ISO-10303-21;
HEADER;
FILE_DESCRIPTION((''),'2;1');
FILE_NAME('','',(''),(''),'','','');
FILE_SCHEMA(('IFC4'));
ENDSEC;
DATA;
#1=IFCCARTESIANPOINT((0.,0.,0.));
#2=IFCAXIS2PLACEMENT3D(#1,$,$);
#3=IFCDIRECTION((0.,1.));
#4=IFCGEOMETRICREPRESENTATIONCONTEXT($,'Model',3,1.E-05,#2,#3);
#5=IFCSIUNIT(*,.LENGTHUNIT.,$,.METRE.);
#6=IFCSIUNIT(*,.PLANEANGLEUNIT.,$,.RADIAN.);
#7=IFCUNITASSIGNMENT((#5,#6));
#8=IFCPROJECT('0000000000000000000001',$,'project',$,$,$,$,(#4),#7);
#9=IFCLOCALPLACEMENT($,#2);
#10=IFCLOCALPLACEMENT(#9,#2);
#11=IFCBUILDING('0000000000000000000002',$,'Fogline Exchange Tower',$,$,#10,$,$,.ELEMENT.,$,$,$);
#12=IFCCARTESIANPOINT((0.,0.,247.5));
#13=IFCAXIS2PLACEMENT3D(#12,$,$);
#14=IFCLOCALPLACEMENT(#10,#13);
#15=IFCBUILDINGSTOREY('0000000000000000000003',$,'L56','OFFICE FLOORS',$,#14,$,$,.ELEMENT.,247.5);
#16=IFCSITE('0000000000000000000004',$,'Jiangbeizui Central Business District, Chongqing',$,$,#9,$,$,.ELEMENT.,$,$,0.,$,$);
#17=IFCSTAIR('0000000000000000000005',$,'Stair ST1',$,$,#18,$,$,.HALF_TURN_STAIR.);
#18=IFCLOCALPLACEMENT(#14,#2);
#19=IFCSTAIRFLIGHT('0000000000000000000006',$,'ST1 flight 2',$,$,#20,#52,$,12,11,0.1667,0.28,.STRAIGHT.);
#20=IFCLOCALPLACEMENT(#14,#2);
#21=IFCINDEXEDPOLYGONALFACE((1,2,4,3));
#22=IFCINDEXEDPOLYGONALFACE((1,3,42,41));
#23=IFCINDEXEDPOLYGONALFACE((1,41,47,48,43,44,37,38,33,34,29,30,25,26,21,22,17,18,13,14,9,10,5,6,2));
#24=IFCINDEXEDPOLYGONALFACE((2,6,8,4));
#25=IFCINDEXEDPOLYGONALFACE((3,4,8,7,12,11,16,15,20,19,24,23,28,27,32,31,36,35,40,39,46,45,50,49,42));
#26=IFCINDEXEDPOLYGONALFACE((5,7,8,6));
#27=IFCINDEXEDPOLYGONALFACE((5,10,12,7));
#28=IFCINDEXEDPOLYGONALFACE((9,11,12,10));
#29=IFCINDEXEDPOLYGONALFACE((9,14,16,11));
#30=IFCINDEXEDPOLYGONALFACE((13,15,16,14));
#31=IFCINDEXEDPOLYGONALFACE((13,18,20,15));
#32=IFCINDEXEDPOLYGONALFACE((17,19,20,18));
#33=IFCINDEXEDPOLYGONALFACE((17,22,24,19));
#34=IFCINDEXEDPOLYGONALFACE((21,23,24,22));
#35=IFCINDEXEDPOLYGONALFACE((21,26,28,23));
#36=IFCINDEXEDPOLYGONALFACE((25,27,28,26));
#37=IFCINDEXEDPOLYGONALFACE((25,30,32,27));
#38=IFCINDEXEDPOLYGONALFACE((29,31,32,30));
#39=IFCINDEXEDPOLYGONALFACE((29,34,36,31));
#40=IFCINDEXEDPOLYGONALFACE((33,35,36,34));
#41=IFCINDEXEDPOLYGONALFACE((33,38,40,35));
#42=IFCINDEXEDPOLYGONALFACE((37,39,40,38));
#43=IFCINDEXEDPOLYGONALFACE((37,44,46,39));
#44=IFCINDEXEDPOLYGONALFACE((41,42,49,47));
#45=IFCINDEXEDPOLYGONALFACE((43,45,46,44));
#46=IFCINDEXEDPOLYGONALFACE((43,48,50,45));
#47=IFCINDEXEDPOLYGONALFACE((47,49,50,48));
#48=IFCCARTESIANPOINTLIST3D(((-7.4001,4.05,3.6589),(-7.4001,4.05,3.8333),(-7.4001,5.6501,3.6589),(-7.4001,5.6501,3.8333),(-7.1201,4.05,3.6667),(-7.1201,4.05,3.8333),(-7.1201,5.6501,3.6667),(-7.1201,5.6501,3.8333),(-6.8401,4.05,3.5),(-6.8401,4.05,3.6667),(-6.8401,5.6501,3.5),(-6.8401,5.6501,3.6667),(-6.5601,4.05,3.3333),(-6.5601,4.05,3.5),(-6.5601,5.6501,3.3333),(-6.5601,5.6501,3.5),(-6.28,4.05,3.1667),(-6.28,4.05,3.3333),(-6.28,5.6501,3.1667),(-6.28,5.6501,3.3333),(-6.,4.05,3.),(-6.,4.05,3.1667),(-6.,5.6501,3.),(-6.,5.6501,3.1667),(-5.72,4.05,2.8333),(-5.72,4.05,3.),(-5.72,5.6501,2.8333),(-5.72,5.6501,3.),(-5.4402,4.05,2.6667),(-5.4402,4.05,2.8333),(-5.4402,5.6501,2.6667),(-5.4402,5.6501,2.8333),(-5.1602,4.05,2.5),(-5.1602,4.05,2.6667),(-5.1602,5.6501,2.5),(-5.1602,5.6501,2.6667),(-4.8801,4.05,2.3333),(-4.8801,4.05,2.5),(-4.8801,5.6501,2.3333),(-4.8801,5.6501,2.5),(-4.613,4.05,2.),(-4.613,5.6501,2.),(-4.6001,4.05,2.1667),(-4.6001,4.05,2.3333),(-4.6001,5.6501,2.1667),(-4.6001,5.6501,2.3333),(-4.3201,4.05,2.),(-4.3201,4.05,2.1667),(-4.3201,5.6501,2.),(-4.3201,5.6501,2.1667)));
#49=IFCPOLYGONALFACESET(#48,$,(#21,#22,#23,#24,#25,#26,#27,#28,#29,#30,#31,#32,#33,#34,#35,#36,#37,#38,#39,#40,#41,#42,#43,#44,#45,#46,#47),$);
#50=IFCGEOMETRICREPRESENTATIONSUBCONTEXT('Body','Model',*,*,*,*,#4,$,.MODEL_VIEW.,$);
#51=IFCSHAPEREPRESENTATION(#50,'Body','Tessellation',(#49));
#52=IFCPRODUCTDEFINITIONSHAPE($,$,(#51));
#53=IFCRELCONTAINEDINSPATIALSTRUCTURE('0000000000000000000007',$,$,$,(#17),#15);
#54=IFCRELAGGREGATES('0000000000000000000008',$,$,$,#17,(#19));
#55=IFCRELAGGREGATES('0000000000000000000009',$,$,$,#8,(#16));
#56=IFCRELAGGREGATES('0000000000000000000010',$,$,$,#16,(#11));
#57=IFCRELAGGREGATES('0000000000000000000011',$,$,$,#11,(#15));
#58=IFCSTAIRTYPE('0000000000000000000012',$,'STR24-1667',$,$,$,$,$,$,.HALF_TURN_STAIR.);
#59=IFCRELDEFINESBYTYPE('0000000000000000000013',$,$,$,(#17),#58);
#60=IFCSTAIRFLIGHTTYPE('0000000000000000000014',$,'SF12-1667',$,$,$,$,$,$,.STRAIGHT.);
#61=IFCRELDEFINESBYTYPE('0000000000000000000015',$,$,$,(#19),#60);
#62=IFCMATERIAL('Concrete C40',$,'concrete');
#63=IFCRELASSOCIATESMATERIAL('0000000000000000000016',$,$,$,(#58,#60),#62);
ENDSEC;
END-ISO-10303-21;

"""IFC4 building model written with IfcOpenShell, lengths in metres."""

from ifc_helpers import new_model, si_unit, direction, frame, origin, place, context, subcontext, project, spatial, polyline, outline, extrude, material, type_object, element, aggregate, save


model = new_model("IFC4")

# Units and contexts
model_context = context("Model", 3, precision=1e-05, world=origin(), true_north=direction((0.0, 1.0)))
body_context = subcontext(model_context, "Body", "Model", "MODEL_VIEW")
ifc_project = project(units=[si_unit("LENGTHUNIT", "METRE"), si_unit("PLANEANGLEUNIT", "RADIAN")], contexts=[model_context])

# Site, building, storey
site_placement = place(None, origin())
site = spatial("IfcSite", under=ifc_project, at=site_placement, Name="Jiangbeizui Central Business District, Chongqing", CompositionType="ELEMENT", RefElevation=0.0)
building_placement = place(site_placement, origin())
building = spatial("IfcBuilding", under=site, at=building_placement, Name="Fogline Exchange Tower", CompositionType="ELEMENT")
storey_placement = place(building_placement, frame((0.0, 0.0, 247.5)))
storey = spatial("IfcBuildingStorey", under=building, at=storey_placement, Name="L56", Description="OFFICE FLOORS", CompositionType="ELEMENT", Elevation=247.5)

# Shared definitions
ifc_material_1 = material(Name="Concrete C40", Category="concrete")

# Stair, stair flight
stair_type = type_object("IfcStairType", Name="STR24-1667", PredefinedType="HALF_TURN_STAIR", material=ifc_material_1)
stair_placement = place(storey_placement, origin())
stair = element("IfcStair", 1, at=stair_placement, inside=storey, type_object=stair_type, Name="Stair ST1", PredefinedType="HALF_TURN_STAIR")
stair_flight_type = type_object("IfcStairFlightType", Name="SF12-1667", PredefinedType="STRAIGHT", material=ifc_material_1)
stair_flight_placement = place(storey_placement, frame((-4.3201, 4.8501, 2.0), z_axis=(0.0, 0.0, 1.0), x_axis=(-1.0, 0.0, 0.0)))
stair_flight = element("IfcStairFlight", 2, at=stair_flight_placement, type_object=stair_flight_type, Name="ST1 flight 2", NumberOfRisers=12, NumberOfTreads=11, PredefinedType="STRAIGHT", RiserHeight=0.1667, TreadLength=0.28, context=body_context, shape_type="SweptSolid", body=[
    extrude(outline(polyline([(0.0, 0.0), (0.0, 0.1667), (0.28, 0.1667), (0.28, 0.3333), (0.5601, 0.3333), (0.5601, 0.5), (0.8401, 0.5), (0.8401, 0.6667), (1.1201, 0.6667), (1.1201, 0.8333), (1.3999, 0.8333), (1.3999, 1.0), (1.6799, 1.0), (1.6799, 1.1667), (1.96, 1.1667), (1.96, 1.3333), (2.24, 1.3333), (2.24, 1.5), (2.52, 1.5), (2.52, 1.6667), (2.8, 1.6667), (2.8, 1.8333), (3.0801, 1.8333), (3.0801, 2.0), (3.0801, 1.6589), (0.293, 0.0), (0.0, 0.0)])), frame((0.0, 0.8, 0.0), z_axis=(0.0, -1.0, 0.0), x_axis=(1.0, 0.0, 0.0)), (0.0, 0.0, 1.0), 1.6001),
])
aggregate(stair, [stair_flight])

save(model, "model.ifc")
